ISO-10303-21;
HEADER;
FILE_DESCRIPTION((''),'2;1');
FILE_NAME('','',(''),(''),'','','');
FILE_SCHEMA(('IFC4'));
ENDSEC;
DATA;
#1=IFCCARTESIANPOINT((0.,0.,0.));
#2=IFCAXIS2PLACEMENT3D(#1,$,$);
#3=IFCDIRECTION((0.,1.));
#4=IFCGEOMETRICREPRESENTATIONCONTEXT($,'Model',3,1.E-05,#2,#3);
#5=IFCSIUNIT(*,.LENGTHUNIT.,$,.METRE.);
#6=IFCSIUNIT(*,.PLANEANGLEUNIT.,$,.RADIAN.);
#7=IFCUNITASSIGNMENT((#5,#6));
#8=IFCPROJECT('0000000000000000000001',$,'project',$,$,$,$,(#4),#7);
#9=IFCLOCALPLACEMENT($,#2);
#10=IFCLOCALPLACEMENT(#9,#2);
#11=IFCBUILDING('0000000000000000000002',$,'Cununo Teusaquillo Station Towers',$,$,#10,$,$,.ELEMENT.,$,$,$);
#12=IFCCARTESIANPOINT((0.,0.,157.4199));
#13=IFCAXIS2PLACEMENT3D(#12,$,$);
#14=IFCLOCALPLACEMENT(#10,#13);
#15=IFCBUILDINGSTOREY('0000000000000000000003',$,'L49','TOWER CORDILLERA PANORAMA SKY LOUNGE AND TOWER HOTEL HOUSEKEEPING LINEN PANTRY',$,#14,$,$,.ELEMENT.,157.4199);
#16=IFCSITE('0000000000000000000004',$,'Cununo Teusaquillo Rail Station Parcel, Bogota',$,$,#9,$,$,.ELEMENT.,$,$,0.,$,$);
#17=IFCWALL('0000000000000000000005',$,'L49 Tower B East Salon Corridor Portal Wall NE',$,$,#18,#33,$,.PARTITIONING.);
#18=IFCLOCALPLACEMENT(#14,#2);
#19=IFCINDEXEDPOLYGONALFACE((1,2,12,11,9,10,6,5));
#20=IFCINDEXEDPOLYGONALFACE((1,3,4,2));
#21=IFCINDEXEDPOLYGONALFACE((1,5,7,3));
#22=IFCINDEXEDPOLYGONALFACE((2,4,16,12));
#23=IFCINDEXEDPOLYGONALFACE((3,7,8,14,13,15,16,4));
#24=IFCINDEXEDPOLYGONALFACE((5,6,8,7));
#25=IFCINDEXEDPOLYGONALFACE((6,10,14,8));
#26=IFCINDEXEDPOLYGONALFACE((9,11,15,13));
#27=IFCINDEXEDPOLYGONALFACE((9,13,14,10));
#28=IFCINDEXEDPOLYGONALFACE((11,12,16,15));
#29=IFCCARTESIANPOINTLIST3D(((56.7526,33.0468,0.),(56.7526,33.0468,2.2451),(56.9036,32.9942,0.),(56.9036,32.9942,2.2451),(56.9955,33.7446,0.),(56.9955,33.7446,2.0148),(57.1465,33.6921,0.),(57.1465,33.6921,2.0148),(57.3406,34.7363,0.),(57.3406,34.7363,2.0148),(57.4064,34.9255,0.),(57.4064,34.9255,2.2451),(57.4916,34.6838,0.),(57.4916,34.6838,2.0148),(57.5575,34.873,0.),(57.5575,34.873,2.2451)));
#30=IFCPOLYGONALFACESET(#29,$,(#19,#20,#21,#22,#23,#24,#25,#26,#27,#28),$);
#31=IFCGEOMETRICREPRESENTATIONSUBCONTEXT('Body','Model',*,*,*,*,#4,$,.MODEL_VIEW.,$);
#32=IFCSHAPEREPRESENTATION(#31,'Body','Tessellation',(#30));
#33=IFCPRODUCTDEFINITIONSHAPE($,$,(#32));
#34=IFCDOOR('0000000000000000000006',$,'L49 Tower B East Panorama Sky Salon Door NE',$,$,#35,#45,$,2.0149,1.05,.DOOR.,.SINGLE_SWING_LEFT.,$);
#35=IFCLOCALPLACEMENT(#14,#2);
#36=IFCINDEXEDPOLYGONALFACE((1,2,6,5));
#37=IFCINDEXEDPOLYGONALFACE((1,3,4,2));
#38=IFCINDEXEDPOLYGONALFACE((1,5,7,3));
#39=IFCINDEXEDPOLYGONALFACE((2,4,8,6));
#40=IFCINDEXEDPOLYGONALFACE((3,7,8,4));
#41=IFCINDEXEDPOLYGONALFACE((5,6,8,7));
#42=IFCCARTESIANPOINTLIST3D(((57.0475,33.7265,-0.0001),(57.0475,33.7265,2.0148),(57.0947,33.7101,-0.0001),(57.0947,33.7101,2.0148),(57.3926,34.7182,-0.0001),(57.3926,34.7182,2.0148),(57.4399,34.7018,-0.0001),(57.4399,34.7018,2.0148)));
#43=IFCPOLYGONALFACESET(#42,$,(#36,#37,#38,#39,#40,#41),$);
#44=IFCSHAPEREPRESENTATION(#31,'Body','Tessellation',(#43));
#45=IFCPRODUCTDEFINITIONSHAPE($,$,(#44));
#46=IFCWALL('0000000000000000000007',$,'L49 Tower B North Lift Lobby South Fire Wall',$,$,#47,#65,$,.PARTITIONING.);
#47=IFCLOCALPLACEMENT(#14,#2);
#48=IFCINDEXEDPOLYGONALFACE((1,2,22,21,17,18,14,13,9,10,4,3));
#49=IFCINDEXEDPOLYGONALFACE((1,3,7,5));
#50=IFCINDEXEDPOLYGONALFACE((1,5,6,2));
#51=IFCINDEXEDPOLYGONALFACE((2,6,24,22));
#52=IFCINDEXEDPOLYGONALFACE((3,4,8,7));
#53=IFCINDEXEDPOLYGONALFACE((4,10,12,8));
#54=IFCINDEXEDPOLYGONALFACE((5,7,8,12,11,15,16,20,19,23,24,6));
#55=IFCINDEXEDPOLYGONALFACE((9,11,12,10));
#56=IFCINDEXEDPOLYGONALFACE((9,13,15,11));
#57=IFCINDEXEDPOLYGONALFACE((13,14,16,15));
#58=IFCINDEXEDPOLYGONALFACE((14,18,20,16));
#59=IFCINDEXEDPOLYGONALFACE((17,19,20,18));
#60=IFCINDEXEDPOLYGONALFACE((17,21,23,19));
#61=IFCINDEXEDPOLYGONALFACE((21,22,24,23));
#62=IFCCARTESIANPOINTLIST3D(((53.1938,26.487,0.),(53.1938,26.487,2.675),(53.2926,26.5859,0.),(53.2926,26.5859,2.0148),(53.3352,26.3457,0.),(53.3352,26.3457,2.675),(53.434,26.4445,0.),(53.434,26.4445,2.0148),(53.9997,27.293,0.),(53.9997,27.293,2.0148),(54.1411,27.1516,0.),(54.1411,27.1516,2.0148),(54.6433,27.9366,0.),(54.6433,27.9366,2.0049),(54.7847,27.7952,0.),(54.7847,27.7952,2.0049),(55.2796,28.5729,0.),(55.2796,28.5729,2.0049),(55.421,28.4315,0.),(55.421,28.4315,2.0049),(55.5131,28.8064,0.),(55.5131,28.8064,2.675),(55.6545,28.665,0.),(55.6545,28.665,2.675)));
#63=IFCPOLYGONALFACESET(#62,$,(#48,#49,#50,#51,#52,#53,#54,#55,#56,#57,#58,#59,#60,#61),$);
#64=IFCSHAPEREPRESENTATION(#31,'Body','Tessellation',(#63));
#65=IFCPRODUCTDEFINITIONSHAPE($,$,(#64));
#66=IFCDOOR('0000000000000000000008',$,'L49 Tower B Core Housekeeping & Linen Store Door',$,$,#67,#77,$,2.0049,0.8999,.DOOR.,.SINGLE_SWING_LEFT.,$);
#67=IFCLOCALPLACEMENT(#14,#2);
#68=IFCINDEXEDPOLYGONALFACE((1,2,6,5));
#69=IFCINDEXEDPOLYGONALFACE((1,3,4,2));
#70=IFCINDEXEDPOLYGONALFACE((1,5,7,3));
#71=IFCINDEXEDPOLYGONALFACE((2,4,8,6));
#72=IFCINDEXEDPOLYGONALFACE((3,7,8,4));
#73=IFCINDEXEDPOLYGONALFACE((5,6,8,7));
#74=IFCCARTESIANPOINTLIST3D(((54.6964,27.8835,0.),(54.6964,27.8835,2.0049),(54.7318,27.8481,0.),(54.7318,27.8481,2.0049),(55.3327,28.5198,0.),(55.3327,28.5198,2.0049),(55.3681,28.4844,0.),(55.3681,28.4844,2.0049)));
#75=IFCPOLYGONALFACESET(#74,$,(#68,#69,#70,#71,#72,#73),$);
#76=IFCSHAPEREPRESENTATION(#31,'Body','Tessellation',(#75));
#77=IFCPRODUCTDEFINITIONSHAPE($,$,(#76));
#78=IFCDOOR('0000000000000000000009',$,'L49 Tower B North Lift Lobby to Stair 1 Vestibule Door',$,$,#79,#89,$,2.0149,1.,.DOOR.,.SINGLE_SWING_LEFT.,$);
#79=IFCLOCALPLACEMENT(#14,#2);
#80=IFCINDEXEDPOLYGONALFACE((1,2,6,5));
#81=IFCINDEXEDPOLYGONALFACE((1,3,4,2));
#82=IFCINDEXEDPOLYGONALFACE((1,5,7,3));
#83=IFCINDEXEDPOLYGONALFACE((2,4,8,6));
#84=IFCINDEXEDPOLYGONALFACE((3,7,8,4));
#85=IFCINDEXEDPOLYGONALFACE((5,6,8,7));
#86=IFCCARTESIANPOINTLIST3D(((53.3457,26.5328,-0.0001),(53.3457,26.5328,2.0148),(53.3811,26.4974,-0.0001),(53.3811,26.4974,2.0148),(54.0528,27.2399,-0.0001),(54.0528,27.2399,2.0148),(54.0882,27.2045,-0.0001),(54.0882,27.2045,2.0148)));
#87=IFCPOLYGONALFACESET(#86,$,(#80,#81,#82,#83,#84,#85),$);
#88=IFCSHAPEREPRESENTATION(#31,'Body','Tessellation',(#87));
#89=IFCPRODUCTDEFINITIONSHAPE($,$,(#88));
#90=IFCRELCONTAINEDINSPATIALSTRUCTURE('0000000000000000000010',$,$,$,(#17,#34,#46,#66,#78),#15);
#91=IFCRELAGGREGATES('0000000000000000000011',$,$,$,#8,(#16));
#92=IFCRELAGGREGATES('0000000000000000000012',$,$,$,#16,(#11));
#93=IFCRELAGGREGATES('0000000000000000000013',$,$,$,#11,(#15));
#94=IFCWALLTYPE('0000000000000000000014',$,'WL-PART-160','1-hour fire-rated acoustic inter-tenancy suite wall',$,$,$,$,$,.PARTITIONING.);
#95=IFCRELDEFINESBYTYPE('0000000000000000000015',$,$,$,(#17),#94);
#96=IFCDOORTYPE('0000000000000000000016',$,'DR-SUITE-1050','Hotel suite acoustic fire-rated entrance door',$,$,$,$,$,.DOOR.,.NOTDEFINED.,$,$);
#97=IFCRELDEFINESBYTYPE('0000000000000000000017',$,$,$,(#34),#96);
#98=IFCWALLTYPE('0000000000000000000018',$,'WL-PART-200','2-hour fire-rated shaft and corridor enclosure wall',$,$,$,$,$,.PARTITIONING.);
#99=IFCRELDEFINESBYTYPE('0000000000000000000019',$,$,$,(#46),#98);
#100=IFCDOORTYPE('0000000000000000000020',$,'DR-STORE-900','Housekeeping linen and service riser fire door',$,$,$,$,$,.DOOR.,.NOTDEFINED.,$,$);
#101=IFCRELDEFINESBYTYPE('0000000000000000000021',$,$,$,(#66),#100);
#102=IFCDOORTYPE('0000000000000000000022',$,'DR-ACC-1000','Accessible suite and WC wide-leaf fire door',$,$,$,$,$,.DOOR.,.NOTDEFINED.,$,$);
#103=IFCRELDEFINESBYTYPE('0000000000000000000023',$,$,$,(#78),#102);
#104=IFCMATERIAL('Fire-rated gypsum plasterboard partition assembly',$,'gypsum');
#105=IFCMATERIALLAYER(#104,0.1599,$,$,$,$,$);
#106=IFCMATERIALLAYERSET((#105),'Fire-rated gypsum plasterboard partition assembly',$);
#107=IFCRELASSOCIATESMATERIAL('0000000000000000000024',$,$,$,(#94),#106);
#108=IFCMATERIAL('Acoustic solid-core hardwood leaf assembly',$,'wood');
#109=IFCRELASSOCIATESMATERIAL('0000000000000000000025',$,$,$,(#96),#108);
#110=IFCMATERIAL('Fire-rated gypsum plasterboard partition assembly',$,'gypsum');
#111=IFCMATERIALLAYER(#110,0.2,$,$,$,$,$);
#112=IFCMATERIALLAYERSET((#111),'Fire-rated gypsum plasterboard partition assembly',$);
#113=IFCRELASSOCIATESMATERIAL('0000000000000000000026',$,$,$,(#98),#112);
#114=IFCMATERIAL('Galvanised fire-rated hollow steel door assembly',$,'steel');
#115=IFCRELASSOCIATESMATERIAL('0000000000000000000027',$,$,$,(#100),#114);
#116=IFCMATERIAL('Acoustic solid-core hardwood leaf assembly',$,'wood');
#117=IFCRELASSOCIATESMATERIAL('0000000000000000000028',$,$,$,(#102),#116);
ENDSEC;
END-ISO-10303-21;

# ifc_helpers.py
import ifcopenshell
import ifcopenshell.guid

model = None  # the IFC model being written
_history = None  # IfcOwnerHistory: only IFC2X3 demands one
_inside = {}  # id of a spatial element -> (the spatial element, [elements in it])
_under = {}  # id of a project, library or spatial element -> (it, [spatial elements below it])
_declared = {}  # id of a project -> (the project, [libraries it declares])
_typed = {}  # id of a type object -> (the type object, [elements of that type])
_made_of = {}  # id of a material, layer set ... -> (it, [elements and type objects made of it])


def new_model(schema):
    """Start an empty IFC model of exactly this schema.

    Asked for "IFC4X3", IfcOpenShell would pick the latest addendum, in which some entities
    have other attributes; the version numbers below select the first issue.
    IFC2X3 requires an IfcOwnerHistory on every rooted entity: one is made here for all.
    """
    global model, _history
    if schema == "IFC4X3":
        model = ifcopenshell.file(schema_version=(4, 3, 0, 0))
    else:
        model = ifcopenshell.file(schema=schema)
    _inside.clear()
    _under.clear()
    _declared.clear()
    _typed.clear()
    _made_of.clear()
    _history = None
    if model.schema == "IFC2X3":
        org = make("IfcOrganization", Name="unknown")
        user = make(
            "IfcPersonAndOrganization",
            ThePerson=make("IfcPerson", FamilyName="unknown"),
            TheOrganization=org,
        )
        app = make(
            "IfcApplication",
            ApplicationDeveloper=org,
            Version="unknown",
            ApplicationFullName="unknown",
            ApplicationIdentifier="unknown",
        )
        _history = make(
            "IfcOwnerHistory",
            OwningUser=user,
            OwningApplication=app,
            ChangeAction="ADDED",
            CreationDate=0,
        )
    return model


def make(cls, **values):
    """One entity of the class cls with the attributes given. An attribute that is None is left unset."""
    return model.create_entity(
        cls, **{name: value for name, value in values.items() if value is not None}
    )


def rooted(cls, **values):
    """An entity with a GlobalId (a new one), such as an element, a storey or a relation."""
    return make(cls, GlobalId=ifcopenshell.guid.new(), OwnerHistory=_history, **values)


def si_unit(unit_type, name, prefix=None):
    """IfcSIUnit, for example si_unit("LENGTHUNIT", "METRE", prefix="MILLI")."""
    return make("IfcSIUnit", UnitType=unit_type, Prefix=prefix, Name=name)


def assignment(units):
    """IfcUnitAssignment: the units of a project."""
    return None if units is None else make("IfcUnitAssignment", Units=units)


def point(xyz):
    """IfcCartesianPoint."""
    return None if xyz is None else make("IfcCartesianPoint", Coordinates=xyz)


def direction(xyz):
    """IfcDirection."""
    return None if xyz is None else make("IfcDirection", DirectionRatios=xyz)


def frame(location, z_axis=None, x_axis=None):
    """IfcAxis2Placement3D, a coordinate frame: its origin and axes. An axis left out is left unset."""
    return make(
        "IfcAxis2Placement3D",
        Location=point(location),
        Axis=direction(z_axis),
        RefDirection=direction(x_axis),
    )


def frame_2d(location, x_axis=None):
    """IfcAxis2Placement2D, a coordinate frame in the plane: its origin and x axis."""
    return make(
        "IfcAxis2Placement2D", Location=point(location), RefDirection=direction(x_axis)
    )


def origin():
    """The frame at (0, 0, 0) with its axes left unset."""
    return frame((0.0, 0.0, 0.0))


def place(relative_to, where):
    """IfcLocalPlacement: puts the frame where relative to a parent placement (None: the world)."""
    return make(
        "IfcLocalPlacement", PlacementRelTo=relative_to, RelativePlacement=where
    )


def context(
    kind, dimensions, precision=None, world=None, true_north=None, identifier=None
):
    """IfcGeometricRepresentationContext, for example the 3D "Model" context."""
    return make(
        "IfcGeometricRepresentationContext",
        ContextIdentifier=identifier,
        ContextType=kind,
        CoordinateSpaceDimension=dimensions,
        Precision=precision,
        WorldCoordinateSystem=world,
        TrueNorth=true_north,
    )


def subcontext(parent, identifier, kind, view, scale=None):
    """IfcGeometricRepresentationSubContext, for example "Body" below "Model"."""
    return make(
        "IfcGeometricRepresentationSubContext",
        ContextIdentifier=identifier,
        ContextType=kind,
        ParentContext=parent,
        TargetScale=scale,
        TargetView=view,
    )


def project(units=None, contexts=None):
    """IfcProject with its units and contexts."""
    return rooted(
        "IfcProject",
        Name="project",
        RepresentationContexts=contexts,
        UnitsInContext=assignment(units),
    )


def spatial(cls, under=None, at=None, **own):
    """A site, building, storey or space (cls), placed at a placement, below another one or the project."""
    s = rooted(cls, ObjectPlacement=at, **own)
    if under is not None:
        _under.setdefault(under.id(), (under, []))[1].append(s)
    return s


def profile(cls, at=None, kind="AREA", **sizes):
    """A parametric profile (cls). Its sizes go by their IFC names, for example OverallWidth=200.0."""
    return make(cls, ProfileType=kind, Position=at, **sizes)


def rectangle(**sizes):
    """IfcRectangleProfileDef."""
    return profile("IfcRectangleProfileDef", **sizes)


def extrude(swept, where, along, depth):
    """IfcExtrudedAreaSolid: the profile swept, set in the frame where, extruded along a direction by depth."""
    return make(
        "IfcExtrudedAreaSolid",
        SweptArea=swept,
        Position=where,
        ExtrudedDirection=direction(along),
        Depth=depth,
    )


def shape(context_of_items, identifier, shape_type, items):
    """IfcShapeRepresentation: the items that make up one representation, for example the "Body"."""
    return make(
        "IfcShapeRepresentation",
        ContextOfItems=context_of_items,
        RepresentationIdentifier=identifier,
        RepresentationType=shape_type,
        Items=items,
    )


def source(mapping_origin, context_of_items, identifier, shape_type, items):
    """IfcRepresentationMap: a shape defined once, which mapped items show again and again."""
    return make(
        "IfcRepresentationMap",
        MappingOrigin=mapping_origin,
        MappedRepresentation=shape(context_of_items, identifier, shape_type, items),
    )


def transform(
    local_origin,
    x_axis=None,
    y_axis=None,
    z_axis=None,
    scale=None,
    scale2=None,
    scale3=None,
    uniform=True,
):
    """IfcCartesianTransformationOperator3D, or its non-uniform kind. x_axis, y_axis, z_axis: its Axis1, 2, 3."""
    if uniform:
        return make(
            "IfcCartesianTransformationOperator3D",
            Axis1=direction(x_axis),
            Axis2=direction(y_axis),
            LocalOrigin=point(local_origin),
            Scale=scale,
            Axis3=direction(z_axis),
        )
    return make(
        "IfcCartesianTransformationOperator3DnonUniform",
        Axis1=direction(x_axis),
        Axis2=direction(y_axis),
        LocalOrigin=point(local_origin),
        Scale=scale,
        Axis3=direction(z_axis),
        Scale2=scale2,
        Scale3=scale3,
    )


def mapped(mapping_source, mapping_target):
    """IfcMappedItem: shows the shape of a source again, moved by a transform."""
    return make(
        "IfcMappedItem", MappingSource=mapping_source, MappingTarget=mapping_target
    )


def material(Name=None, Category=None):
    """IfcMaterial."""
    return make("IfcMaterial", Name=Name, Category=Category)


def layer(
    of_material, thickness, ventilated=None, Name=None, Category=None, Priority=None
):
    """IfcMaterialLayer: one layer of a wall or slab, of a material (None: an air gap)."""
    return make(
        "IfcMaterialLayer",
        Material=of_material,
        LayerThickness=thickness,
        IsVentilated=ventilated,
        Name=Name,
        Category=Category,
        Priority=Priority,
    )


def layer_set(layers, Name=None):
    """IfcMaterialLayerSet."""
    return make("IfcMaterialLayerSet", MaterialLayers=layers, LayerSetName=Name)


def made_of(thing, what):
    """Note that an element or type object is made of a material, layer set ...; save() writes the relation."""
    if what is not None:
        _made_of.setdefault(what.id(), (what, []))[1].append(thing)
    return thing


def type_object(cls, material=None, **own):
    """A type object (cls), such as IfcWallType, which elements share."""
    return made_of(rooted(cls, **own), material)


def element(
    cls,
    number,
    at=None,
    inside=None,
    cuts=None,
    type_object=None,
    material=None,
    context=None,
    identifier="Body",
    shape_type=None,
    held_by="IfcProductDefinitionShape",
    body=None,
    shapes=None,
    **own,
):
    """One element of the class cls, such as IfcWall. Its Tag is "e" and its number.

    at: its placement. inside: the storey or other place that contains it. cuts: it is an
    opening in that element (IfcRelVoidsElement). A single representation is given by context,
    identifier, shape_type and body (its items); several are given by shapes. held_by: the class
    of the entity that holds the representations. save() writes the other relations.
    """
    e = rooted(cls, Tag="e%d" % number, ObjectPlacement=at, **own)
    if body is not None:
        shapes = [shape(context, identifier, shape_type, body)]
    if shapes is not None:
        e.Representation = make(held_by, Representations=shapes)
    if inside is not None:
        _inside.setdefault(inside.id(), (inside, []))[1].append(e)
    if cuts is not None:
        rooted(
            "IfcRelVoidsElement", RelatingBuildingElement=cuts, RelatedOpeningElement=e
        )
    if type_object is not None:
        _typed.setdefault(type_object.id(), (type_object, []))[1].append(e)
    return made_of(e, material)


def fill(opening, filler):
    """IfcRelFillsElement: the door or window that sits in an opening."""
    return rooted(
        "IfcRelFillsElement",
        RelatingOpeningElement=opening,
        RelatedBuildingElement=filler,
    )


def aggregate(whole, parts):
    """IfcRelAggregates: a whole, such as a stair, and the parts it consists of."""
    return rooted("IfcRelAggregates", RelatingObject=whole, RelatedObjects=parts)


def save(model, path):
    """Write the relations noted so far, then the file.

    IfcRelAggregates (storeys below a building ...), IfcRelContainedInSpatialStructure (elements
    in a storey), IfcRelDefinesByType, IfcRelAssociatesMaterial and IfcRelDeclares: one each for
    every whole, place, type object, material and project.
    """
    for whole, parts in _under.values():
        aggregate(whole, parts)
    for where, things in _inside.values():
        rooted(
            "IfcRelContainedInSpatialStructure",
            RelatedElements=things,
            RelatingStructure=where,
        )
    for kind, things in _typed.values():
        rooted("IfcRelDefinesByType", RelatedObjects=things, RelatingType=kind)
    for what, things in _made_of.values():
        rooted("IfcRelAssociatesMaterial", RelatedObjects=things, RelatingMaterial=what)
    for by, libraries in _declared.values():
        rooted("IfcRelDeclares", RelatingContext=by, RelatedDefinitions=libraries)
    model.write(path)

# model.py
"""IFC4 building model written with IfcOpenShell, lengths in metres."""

from ifc_helpers import new_model, si_unit, direction, frame, frame_2d, origin, place, context, subcontext, project, spatial, rectangle, extrude, source, transform, mapped, material, layer, layer_set, type_object, element, fill, save


model = new_model("IFC4")

# Units and contexts
model_context = context("Model", 3, precision=1e-05, world=origin(), true_north=direction((0.0, 1.0)))
body_context = subcontext(model_context, "Body", "Model", "MODEL_VIEW")
ifc_project = project(units=[si_unit("LENGTHUNIT", "METRE"), si_unit("PLANEANGLEUNIT", "RADIAN")], contexts=[model_context])

# Site, building, storey
site_placement = place(None, origin())
site = spatial("IfcSite", under=ifc_project, at=site_placement, Name="Cununo Teusaquillo Rail Station Parcel, Bogota", CompositionType="ELEMENT", RefElevation=0.0)
building_placement = place(site_placement, origin())
building = spatial("IfcBuilding", under=site, at=building_placement, Name="Cununo Teusaquillo Station Towers", CompositionType="ELEMENT")
storey_placement = place(building_placement, frame((0.0, 0.0, 157.4199)))
storey = spatial("IfcBuildingStorey", under=building, at=storey_placement, Name="L49", Description="TOWER CORDILLERA PANORAMA SKY LOUNGE AND TOWER HOTEL HOUSEKEEPING LINEN PANTRY", CompositionType="ELEMENT", Elevation=157.4199)

# Shared definitions
shared_shape_1 = source(origin(), body_context, "Body", "SweptSolid", [
    extrude(rectangle(XDim=0.8999, YDim=2.0049, at=frame_2d((0.45, 1.0024))), frame((0.0, 0.0249, 0.0), z_axis=(0.0, -1.0, 0.0), x_axis=(1.0, 0.0, 0.0)), (0.0, 0.0, 1.0), 0.05),
])

# Wall, opening, door
ifc_material_1 = material(Name="Fire-rated gypsum plasterboard partition assembly", Category="gypsum")
ifc_layer_1 = layer(ifc_material_1, 0.1599)
ifc_layer_set_1 = layer_set([ifc_layer_1], Name="Fire-rated gypsum plasterboard partition assembly")
wall_type_1 = type_object("IfcWallType", Name="WL-PART-160", Description="1-hour fire-rated acoustic inter-tenancy suite wall", PredefinedType="PARTITIONING", material=ifc_layer_set_1)
wall_1_placement = place(storey_placement, frame((56.8281, 33.0205, 0.0), z_axis=(0.0, 0.0, 1.0), x_axis=(0.328682, 0.94444, 0.0)))
wall_1 = element("IfcWall", 1, at=wall_1_placement, inside=storey, type_object=wall_type_1, Name="L49 Tower B East Salon Corridor Portal Wall NE", PredefinedType="PARTITIONING", context=body_context, shape_type="SweptSolid", body=[
    extrude(rectangle(XDim=1.9893, YDim=0.1599, at=frame_2d((0.9946, 0.0))), origin(), (0.0, 0.0, 1.0), 2.2451),
])
shared_shape_2 = source(origin(), body_context, "Body", "SweptSolid", [
    extrude(rectangle(XDim=1.05, YDim=2.0149, at=frame_2d((0.5249, 1.0073))), frame((0.0, 0.0898, 0.0), z_axis=(0.0, -1.0, 0.0), x_axis=(1.0, 0.0, 0.0)), (0.0, 0.0, 1.0), 0.1799),
])
opening_1_placement = place(wall_1_placement, frame((0.739, 0.0, 0.0)))
opening_1 = element("IfcOpeningElement", 2, at=opening_1_placement, cuts=wall_1, PredefinedType="OPENING", context=body_context, shape_type="MappedRepresentation", body=[
    mapped(shared_shape_2, transform((0.0, 0.0, 0.0), x_axis=(1.0, 0.0, 0.0), y_axis=(0.0, 1.0, 0.0), z_axis=(0.0, 0.0, 1.0), scale=1.0)),
])
ifc_material_2 = material(Name="Acoustic solid-core hardwood leaf assembly", Category="wood")
door_type_1 = type_object("IfcDoorType", Name="DR-SUITE-1050", Description="Hotel suite acoustic fire-rated entrance door", OperationType="NOTDEFINED", PredefinedType="DOOR", material=ifc_material_2)
shared_shape_3 = source(origin(), body_context, "Body", "SweptSolid", [
    extrude(rectangle(XDim=1.05, YDim=2.0149, at=frame_2d((0.5249, 1.0073))), frame((0.0, 0.0249, 0.0), z_axis=(0.0, -1.0, 0.0), x_axis=(1.0, 0.0, 0.0)), (0.0, 0.0, 1.0), 0.05),
])
door_1_placement = place(opening_1_placement, origin())
door_1 = element("IfcDoor", 3, at=door_1_placement, inside=storey, type_object=door_type_1, Name="L49 Tower B East Panorama Sky Salon Door NE", OperationType="SINGLE_SWING_LEFT", OverallHeight=2.0149, OverallWidth=1.05, PredefinedType="DOOR", context=body_context, shape_type="MappedRepresentation", body=[
    mapped(shared_shape_3, transform((0.0, 0.0, 0.0), x_axis=(1.0, 0.0, 0.0), y_axis=(0.0, 1.0, 0.0), z_axis=(0.0, 0.0, 1.0), scale=1.0)),
])
fill(opening_1, door_1)

# Wall, openings, doors
ifc_material_3 = material(Name="Fire-rated gypsum plasterboard partition assembly", Category="gypsum")
ifc_layer_2 = layer(ifc_material_3, 0.2)
ifc_layer_set_2 = layer_set([ifc_layer_2], Name="Fire-rated gypsum plasterboard partition assembly")
wall_type_2 = type_object("IfcWallType", Name="WL-PART-200", Description="2-hour fire-rated shaft and corridor enclosure wall", PredefinedType="PARTITIONING", material=ifc_layer_set_2)
wall_2_placement = place(storey_placement, frame((53.2644, 26.4163, 0.0), z_axis=(0.0, 0.0, 1.0), x_axis=(0.707107, 0.707107, 0.0)))
wall_2 = element("IfcWall", 4, at=wall_2_placement, inside=storey, type_object=wall_type_2, Name="L49 Tower B North Lift Lobby South Fire Wall", PredefinedType="PARTITIONING", context=body_context, shape_type="SweptSolid", body=[
    extrude(rectangle(XDim=3.28, YDim=0.2, at=frame_2d((1.6401, 0.0))), origin(), (0.0, 0.0, 1.0), 2.675),
])
shared_shape_4 = source(origin(), body_context, "Body", "SweptSolid", [
    extrude(rectangle(XDim=1.0, YDim=2.0149, at=frame_2d((0.5, 1.0073))), frame((0.0, 0.1099, 0.0), z_axis=(0.0, -1.0, 0.0), x_axis=(1.0, 0.0, 0.0)), (0.0, 0.0, 1.0), 0.22),
])
opening_2_placement = place(wall_2_placement, frame((0.1399, 0.0, 0.0)))
opening_2 = element("IfcOpeningElement", 5, at=opening_2_placement, cuts=wall_2, PredefinedType="OPENING", context=body_context, shape_type="MappedRepresentation", body=[
    mapped(shared_shape_4, transform((0.0, 0.0, 0.0), x_axis=(1.0, 0.0, 0.0), y_axis=(0.0, 1.0, 0.0), z_axis=(0.0, 0.0, 1.0), scale=1.0)),
])
shared_shape_5 = source(origin(), body_context, "Body", "SweptSolid", [
    extrude(rectangle(XDim=0.8999, YDim=2.0049, at=frame_2d((0.45, 1.0024))), frame((0.0, 0.1099, 0.0), z_axis=(0.0, -1.0, 0.0), x_axis=(1.0, 0.0, 0.0)), (0.0, 0.0, 1.0), 0.22),
])
opening_3_placement = place(wall_2_placement, frame((2.05, 0.0, 0.0)))
opening_3 = element("IfcOpeningElement", 6, at=opening_3_placement, cuts=wall_2, PredefinedType="OPENING", context=body_context, shape_type="MappedRepresentation", body=[
    mapped(shared_shape_5, transform((0.0, 0.0, 0.0), x_axis=(1.0, 0.0, 0.0), y_axis=(0.0, 1.0, 0.0), z_axis=(0.0, 0.0, 1.0), scale=1.0)),
])
ifc_material_4 = material(Name="Galvanised fire-rated hollow steel door assembly", Category="steel")
door_type_2 = type_object("IfcDoorType", Name="DR-STORE-900", Description="Housekeeping linen and service riser fire door", OperationType="NOTDEFINED", PredefinedType="DOOR", material=ifc_material_4)
door_2_placement = place(opening_3_placement, origin())
door_2 = element("IfcDoor", 7, at=door_2_placement, inside=storey, type_object=door_type_2, Name="L49 Tower B Core Housekeeping & Linen Store Door", OperationType="SINGLE_SWING_LEFT", OverallHeight=2.0049, OverallWidth=0.8999, PredefinedType="DOOR", context=body_context, shape_type="MappedRepresentation", body=[
    mapped(shared_shape_1, transform((0.0, 0.0, 0.0), x_axis=(1.0, 0.0, 0.0), y_axis=(0.0, 1.0, 0.0), z_axis=(0.0, 0.0, 1.0), scale=1.0)),
])
fill(opening_3, door_2)
ifc_material_5 = material(Name="Acoustic solid-core hardwood leaf assembly", Category="wood")
door_type_3 = type_object("IfcDoorType", Name="DR-ACC-1000", Description="Accessible suite and WC wide-leaf fire door", OperationType="NOTDEFINED", PredefinedType="DOOR", material=ifc_material_5)
shared_shape_6 = source(origin(), body_context, "Body", "SweptSolid", [
    extrude(rectangle(XDim=1.0, YDim=2.0149, at=frame_2d((0.5, 1.0073))), frame((0.0, 0.0249, 0.0), z_axis=(0.0, -1.0, 0.0), x_axis=(1.0, 0.0, 0.0)), (0.0, 0.0, 1.0), 0.05),
])
door_3_placement = place(opening_2_placement, origin())
door_3 = element("IfcDoor", 8, at=door_3_placement, inside=storey, type_object=door_type_3, Name="L49 Tower B North Lift Lobby to Stair 1 Vestibule Door", OperationType="SINGLE_SWING_LEFT", OverallHeight=2.0149, OverallWidth=1.0, PredefinedType="DOOR", context=body_context, shape_type="MappedRepresentation", body=[
    mapped(shared_shape_6, transform((0.0, 0.0, 0.0), x_axis=(1.0, 0.0, 0.0), y_axis=(0.0, 1.0, 0.0), z_axis=(0.0, 0.0, 1.0), scale=1.0)),
])
fill(opening_2, door_3)

save(model, "model.ifc")
